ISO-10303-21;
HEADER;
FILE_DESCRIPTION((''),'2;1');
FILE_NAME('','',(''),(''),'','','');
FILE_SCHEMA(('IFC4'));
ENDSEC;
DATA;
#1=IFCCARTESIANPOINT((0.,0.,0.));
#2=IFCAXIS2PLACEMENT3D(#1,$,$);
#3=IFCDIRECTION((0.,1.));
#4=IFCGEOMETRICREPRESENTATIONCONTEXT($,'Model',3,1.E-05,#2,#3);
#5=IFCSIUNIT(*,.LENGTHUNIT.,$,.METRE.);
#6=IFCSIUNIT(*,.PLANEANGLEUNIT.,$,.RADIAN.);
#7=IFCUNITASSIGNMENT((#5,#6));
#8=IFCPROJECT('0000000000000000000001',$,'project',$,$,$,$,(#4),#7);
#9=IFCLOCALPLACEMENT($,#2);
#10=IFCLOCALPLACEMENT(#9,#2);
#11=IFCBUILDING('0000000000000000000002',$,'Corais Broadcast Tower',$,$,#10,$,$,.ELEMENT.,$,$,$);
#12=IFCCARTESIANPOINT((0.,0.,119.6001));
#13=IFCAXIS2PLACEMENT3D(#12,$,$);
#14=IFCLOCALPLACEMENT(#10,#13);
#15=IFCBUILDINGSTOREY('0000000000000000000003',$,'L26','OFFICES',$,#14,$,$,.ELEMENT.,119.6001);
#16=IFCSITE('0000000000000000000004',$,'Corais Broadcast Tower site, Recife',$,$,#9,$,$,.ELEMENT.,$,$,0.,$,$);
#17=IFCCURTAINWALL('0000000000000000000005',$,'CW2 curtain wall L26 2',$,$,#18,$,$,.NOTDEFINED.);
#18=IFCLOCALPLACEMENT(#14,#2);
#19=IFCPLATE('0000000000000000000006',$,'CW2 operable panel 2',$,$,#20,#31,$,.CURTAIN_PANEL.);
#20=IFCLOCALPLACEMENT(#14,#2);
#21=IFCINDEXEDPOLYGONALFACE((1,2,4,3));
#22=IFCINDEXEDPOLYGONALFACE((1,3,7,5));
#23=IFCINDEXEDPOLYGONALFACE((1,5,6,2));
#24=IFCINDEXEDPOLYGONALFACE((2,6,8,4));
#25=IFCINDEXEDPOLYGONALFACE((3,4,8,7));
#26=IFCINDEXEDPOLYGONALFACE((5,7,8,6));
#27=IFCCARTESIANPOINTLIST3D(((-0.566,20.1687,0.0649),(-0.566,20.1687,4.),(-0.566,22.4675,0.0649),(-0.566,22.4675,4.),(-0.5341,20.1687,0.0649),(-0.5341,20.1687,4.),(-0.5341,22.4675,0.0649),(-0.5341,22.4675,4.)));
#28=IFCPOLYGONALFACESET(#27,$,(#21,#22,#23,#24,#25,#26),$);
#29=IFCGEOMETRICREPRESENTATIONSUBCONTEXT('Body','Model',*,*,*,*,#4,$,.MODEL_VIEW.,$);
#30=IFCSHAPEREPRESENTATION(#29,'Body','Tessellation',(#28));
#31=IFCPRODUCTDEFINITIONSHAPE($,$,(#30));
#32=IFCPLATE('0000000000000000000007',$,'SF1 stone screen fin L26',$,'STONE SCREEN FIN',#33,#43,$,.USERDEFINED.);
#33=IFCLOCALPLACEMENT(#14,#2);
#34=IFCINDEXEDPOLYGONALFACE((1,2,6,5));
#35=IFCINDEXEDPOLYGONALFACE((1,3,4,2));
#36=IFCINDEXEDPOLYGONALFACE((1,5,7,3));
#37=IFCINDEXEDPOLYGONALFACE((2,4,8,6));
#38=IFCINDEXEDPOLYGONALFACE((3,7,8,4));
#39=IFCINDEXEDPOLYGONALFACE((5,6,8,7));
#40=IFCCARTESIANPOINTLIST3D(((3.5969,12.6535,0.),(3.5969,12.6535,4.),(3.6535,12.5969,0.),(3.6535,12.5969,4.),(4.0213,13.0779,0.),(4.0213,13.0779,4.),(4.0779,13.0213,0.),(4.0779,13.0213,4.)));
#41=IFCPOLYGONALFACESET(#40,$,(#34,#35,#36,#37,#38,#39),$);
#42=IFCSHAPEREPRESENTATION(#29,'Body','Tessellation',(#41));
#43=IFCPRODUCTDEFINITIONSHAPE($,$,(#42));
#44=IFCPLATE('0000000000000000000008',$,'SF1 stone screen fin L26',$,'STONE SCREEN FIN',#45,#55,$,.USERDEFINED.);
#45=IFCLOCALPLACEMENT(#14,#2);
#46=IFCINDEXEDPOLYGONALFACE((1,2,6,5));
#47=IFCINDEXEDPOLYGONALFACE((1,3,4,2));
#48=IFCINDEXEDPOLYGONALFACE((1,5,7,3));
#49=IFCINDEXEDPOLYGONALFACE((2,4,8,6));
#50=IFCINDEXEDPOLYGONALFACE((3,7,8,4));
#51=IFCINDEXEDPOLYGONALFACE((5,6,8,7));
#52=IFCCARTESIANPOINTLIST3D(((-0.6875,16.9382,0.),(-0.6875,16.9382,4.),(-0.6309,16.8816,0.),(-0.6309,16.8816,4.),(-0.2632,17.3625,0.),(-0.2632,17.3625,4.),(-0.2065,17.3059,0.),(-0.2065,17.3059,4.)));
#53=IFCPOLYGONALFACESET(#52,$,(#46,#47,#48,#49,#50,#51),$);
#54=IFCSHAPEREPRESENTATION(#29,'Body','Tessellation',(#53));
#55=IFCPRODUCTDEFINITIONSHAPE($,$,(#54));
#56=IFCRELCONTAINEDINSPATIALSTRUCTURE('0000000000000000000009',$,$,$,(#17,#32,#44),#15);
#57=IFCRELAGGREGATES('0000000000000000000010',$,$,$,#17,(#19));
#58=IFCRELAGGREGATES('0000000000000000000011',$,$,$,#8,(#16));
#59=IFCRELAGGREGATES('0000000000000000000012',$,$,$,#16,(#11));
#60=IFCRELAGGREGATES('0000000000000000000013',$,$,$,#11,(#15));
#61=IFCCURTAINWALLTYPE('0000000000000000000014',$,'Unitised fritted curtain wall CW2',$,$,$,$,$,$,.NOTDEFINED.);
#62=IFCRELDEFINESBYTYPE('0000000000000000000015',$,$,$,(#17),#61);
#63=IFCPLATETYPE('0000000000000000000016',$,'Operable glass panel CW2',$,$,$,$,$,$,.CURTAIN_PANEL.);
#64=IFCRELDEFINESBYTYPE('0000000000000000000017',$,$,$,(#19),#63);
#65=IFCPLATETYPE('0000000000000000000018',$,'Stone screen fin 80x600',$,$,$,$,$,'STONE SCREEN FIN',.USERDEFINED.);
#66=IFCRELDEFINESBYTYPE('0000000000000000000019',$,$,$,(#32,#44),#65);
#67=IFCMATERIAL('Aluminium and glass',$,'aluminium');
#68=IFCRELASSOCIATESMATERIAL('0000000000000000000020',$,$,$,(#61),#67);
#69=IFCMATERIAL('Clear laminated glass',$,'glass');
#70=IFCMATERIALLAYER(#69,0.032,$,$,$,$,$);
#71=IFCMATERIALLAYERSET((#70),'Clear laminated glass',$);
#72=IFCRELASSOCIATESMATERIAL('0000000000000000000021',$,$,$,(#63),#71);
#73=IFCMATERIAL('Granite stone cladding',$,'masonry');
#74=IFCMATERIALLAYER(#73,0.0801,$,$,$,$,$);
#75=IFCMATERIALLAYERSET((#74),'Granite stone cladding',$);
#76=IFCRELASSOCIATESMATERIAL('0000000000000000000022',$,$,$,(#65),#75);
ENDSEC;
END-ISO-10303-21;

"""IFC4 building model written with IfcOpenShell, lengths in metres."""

from ifc_helpers import new_model, si_unit, direction, frame, origin, origin_2d, place, context, subcontext, project, spatial, rectangle, extrude, material, layer, layer_set, type_object, element, aggregate, save


model = new_model("IFC4")

# Units and contexts
model_context = context("Model", 3, precision=1e-05, world=origin(), true_north=direction((0.0, 1.0)))
body_context = subcontext(model_context, "Body", "Model", "MODEL_VIEW")
ifc_project = project(units=[si_unit("LENGTHUNIT", "METRE"), si_unit("PLANEANGLEUNIT", "RADIAN")], contexts=[model_context])

# Site, building, storey
site_placement = place(None, origin())
site = spatial("IfcSite", under=ifc_project, at=site_placement, Name="Corais Broadcast Tower site, Recife", CompositionType="ELEMENT", RefElevation=0.0)
building_placement = place(site_placement, origin())
building = spatial("IfcBuilding", under=site, at=building_placement, Name="Corais Broadcast Tower", CompositionType="ELEMENT")
storey_placement = place(building_placement, frame((0.0, 0.0, 119.6001)))
storey = spatial("IfcBuildingStorey", under=building, at=storey_placement, Name="L26", Description="OFFICES", CompositionType="ELEMENT", Elevation=119.6001)

# Curtain wall
ifc_material_1 = material(Name="Aluminium and glass", Category="aluminium")
curtain_wall_type = type_object("IfcCurtainWallType", Name="Unitised fritted curtain wall CW2", PredefinedType="NOTDEFINED", material=ifc_material_1)
curtain_wall_1_placement = place(storey_placement, origin())
curtain_wall_1 = element("IfcCurtainWall", 1, at=curtain_wall_1_placement, inside=storey, type_object=curtain_wall_type, Name="CW2 curtain wall L26 2", PredefinedType="NOTDEFINED")

# Plate
ifc_material_2 = material(Name="Clear laminated glass", Category="glass")
ifc_layer_1 = layer(ifc_material_2, 0.032)
ifc_layer_set_1 = layer_set([ifc_layer_1], Name="Clear laminated glass")
plate_type_1 = type_object("IfcPlateType", Name="Operable glass panel CW2", PredefinedType="CURTAIN_PANEL", material=ifc_layer_set_1)
plate_1_placement = place(storey_placement, frame((-0.55, 21.3181, 0.0649), z_axis=(0.0, 0.0, 1.0), x_axis=(0.0, 1.0, 0.0)))
plate_1 = element("IfcPlate", 2, at=plate_1_placement, type_object=plate_type_1, Name="CW2 operable panel 2", PredefinedType="CURTAIN_PANEL", context=body_context, shape_type="SweptSolid", body=[
    extrude(rectangle(XDim=2.2988, YDim=0.032, at=origin_2d()), origin(), (0.0, 0.0, 1.0), 3.9351),
])
aggregate(curtain_wall_1, [plate_1])

# Plates
ifc_material_3 = material(Name="Granite stone cladding", Category="masonry")
ifc_layer_2 = layer(ifc_material_3, 0.0801)
ifc_layer_set_2 = layer_set([ifc_layer_2], Name="Granite stone cladding")
plate_type_2 = type_object("IfcPlateType", Name="Stone screen fin 80x600", ElementType="STONE SCREEN FIN", PredefinedType="USERDEFINED", material=ifc_layer_set_2)
for number, where, z_axis, x_axis, name in (
    (3, (3.8374, 12.8374, 0.0), (0.0, 0.0, 1.0), (-0.707107, 0.707107, 0.0), "SF1 stone screen fin L26"),
    (4, (-0.447, 17.1221, 0.0), (0.0, 0.0, 1.0), (-0.707107, 0.707107, 0.0), "SF1 stone screen fin L26"),
):
    element("IfcPlate", number, at=place(storey_placement, frame(where, z_axis=z_axis, x_axis=x_axis)), inside=storey, type_object=plate_type_2, Name=name, ObjectType="STONE SCREEN FIN", PredefinedType="USERDEFINED", context=body_context, shape_type="SweptSolid", body=[
        extrude(rectangle(XDim=0.0801, YDim=0.6001, at=origin_2d()), origin(), (0.0, 0.0, 1.0), 4.0),
    ])

save(model, "model.ifc")
